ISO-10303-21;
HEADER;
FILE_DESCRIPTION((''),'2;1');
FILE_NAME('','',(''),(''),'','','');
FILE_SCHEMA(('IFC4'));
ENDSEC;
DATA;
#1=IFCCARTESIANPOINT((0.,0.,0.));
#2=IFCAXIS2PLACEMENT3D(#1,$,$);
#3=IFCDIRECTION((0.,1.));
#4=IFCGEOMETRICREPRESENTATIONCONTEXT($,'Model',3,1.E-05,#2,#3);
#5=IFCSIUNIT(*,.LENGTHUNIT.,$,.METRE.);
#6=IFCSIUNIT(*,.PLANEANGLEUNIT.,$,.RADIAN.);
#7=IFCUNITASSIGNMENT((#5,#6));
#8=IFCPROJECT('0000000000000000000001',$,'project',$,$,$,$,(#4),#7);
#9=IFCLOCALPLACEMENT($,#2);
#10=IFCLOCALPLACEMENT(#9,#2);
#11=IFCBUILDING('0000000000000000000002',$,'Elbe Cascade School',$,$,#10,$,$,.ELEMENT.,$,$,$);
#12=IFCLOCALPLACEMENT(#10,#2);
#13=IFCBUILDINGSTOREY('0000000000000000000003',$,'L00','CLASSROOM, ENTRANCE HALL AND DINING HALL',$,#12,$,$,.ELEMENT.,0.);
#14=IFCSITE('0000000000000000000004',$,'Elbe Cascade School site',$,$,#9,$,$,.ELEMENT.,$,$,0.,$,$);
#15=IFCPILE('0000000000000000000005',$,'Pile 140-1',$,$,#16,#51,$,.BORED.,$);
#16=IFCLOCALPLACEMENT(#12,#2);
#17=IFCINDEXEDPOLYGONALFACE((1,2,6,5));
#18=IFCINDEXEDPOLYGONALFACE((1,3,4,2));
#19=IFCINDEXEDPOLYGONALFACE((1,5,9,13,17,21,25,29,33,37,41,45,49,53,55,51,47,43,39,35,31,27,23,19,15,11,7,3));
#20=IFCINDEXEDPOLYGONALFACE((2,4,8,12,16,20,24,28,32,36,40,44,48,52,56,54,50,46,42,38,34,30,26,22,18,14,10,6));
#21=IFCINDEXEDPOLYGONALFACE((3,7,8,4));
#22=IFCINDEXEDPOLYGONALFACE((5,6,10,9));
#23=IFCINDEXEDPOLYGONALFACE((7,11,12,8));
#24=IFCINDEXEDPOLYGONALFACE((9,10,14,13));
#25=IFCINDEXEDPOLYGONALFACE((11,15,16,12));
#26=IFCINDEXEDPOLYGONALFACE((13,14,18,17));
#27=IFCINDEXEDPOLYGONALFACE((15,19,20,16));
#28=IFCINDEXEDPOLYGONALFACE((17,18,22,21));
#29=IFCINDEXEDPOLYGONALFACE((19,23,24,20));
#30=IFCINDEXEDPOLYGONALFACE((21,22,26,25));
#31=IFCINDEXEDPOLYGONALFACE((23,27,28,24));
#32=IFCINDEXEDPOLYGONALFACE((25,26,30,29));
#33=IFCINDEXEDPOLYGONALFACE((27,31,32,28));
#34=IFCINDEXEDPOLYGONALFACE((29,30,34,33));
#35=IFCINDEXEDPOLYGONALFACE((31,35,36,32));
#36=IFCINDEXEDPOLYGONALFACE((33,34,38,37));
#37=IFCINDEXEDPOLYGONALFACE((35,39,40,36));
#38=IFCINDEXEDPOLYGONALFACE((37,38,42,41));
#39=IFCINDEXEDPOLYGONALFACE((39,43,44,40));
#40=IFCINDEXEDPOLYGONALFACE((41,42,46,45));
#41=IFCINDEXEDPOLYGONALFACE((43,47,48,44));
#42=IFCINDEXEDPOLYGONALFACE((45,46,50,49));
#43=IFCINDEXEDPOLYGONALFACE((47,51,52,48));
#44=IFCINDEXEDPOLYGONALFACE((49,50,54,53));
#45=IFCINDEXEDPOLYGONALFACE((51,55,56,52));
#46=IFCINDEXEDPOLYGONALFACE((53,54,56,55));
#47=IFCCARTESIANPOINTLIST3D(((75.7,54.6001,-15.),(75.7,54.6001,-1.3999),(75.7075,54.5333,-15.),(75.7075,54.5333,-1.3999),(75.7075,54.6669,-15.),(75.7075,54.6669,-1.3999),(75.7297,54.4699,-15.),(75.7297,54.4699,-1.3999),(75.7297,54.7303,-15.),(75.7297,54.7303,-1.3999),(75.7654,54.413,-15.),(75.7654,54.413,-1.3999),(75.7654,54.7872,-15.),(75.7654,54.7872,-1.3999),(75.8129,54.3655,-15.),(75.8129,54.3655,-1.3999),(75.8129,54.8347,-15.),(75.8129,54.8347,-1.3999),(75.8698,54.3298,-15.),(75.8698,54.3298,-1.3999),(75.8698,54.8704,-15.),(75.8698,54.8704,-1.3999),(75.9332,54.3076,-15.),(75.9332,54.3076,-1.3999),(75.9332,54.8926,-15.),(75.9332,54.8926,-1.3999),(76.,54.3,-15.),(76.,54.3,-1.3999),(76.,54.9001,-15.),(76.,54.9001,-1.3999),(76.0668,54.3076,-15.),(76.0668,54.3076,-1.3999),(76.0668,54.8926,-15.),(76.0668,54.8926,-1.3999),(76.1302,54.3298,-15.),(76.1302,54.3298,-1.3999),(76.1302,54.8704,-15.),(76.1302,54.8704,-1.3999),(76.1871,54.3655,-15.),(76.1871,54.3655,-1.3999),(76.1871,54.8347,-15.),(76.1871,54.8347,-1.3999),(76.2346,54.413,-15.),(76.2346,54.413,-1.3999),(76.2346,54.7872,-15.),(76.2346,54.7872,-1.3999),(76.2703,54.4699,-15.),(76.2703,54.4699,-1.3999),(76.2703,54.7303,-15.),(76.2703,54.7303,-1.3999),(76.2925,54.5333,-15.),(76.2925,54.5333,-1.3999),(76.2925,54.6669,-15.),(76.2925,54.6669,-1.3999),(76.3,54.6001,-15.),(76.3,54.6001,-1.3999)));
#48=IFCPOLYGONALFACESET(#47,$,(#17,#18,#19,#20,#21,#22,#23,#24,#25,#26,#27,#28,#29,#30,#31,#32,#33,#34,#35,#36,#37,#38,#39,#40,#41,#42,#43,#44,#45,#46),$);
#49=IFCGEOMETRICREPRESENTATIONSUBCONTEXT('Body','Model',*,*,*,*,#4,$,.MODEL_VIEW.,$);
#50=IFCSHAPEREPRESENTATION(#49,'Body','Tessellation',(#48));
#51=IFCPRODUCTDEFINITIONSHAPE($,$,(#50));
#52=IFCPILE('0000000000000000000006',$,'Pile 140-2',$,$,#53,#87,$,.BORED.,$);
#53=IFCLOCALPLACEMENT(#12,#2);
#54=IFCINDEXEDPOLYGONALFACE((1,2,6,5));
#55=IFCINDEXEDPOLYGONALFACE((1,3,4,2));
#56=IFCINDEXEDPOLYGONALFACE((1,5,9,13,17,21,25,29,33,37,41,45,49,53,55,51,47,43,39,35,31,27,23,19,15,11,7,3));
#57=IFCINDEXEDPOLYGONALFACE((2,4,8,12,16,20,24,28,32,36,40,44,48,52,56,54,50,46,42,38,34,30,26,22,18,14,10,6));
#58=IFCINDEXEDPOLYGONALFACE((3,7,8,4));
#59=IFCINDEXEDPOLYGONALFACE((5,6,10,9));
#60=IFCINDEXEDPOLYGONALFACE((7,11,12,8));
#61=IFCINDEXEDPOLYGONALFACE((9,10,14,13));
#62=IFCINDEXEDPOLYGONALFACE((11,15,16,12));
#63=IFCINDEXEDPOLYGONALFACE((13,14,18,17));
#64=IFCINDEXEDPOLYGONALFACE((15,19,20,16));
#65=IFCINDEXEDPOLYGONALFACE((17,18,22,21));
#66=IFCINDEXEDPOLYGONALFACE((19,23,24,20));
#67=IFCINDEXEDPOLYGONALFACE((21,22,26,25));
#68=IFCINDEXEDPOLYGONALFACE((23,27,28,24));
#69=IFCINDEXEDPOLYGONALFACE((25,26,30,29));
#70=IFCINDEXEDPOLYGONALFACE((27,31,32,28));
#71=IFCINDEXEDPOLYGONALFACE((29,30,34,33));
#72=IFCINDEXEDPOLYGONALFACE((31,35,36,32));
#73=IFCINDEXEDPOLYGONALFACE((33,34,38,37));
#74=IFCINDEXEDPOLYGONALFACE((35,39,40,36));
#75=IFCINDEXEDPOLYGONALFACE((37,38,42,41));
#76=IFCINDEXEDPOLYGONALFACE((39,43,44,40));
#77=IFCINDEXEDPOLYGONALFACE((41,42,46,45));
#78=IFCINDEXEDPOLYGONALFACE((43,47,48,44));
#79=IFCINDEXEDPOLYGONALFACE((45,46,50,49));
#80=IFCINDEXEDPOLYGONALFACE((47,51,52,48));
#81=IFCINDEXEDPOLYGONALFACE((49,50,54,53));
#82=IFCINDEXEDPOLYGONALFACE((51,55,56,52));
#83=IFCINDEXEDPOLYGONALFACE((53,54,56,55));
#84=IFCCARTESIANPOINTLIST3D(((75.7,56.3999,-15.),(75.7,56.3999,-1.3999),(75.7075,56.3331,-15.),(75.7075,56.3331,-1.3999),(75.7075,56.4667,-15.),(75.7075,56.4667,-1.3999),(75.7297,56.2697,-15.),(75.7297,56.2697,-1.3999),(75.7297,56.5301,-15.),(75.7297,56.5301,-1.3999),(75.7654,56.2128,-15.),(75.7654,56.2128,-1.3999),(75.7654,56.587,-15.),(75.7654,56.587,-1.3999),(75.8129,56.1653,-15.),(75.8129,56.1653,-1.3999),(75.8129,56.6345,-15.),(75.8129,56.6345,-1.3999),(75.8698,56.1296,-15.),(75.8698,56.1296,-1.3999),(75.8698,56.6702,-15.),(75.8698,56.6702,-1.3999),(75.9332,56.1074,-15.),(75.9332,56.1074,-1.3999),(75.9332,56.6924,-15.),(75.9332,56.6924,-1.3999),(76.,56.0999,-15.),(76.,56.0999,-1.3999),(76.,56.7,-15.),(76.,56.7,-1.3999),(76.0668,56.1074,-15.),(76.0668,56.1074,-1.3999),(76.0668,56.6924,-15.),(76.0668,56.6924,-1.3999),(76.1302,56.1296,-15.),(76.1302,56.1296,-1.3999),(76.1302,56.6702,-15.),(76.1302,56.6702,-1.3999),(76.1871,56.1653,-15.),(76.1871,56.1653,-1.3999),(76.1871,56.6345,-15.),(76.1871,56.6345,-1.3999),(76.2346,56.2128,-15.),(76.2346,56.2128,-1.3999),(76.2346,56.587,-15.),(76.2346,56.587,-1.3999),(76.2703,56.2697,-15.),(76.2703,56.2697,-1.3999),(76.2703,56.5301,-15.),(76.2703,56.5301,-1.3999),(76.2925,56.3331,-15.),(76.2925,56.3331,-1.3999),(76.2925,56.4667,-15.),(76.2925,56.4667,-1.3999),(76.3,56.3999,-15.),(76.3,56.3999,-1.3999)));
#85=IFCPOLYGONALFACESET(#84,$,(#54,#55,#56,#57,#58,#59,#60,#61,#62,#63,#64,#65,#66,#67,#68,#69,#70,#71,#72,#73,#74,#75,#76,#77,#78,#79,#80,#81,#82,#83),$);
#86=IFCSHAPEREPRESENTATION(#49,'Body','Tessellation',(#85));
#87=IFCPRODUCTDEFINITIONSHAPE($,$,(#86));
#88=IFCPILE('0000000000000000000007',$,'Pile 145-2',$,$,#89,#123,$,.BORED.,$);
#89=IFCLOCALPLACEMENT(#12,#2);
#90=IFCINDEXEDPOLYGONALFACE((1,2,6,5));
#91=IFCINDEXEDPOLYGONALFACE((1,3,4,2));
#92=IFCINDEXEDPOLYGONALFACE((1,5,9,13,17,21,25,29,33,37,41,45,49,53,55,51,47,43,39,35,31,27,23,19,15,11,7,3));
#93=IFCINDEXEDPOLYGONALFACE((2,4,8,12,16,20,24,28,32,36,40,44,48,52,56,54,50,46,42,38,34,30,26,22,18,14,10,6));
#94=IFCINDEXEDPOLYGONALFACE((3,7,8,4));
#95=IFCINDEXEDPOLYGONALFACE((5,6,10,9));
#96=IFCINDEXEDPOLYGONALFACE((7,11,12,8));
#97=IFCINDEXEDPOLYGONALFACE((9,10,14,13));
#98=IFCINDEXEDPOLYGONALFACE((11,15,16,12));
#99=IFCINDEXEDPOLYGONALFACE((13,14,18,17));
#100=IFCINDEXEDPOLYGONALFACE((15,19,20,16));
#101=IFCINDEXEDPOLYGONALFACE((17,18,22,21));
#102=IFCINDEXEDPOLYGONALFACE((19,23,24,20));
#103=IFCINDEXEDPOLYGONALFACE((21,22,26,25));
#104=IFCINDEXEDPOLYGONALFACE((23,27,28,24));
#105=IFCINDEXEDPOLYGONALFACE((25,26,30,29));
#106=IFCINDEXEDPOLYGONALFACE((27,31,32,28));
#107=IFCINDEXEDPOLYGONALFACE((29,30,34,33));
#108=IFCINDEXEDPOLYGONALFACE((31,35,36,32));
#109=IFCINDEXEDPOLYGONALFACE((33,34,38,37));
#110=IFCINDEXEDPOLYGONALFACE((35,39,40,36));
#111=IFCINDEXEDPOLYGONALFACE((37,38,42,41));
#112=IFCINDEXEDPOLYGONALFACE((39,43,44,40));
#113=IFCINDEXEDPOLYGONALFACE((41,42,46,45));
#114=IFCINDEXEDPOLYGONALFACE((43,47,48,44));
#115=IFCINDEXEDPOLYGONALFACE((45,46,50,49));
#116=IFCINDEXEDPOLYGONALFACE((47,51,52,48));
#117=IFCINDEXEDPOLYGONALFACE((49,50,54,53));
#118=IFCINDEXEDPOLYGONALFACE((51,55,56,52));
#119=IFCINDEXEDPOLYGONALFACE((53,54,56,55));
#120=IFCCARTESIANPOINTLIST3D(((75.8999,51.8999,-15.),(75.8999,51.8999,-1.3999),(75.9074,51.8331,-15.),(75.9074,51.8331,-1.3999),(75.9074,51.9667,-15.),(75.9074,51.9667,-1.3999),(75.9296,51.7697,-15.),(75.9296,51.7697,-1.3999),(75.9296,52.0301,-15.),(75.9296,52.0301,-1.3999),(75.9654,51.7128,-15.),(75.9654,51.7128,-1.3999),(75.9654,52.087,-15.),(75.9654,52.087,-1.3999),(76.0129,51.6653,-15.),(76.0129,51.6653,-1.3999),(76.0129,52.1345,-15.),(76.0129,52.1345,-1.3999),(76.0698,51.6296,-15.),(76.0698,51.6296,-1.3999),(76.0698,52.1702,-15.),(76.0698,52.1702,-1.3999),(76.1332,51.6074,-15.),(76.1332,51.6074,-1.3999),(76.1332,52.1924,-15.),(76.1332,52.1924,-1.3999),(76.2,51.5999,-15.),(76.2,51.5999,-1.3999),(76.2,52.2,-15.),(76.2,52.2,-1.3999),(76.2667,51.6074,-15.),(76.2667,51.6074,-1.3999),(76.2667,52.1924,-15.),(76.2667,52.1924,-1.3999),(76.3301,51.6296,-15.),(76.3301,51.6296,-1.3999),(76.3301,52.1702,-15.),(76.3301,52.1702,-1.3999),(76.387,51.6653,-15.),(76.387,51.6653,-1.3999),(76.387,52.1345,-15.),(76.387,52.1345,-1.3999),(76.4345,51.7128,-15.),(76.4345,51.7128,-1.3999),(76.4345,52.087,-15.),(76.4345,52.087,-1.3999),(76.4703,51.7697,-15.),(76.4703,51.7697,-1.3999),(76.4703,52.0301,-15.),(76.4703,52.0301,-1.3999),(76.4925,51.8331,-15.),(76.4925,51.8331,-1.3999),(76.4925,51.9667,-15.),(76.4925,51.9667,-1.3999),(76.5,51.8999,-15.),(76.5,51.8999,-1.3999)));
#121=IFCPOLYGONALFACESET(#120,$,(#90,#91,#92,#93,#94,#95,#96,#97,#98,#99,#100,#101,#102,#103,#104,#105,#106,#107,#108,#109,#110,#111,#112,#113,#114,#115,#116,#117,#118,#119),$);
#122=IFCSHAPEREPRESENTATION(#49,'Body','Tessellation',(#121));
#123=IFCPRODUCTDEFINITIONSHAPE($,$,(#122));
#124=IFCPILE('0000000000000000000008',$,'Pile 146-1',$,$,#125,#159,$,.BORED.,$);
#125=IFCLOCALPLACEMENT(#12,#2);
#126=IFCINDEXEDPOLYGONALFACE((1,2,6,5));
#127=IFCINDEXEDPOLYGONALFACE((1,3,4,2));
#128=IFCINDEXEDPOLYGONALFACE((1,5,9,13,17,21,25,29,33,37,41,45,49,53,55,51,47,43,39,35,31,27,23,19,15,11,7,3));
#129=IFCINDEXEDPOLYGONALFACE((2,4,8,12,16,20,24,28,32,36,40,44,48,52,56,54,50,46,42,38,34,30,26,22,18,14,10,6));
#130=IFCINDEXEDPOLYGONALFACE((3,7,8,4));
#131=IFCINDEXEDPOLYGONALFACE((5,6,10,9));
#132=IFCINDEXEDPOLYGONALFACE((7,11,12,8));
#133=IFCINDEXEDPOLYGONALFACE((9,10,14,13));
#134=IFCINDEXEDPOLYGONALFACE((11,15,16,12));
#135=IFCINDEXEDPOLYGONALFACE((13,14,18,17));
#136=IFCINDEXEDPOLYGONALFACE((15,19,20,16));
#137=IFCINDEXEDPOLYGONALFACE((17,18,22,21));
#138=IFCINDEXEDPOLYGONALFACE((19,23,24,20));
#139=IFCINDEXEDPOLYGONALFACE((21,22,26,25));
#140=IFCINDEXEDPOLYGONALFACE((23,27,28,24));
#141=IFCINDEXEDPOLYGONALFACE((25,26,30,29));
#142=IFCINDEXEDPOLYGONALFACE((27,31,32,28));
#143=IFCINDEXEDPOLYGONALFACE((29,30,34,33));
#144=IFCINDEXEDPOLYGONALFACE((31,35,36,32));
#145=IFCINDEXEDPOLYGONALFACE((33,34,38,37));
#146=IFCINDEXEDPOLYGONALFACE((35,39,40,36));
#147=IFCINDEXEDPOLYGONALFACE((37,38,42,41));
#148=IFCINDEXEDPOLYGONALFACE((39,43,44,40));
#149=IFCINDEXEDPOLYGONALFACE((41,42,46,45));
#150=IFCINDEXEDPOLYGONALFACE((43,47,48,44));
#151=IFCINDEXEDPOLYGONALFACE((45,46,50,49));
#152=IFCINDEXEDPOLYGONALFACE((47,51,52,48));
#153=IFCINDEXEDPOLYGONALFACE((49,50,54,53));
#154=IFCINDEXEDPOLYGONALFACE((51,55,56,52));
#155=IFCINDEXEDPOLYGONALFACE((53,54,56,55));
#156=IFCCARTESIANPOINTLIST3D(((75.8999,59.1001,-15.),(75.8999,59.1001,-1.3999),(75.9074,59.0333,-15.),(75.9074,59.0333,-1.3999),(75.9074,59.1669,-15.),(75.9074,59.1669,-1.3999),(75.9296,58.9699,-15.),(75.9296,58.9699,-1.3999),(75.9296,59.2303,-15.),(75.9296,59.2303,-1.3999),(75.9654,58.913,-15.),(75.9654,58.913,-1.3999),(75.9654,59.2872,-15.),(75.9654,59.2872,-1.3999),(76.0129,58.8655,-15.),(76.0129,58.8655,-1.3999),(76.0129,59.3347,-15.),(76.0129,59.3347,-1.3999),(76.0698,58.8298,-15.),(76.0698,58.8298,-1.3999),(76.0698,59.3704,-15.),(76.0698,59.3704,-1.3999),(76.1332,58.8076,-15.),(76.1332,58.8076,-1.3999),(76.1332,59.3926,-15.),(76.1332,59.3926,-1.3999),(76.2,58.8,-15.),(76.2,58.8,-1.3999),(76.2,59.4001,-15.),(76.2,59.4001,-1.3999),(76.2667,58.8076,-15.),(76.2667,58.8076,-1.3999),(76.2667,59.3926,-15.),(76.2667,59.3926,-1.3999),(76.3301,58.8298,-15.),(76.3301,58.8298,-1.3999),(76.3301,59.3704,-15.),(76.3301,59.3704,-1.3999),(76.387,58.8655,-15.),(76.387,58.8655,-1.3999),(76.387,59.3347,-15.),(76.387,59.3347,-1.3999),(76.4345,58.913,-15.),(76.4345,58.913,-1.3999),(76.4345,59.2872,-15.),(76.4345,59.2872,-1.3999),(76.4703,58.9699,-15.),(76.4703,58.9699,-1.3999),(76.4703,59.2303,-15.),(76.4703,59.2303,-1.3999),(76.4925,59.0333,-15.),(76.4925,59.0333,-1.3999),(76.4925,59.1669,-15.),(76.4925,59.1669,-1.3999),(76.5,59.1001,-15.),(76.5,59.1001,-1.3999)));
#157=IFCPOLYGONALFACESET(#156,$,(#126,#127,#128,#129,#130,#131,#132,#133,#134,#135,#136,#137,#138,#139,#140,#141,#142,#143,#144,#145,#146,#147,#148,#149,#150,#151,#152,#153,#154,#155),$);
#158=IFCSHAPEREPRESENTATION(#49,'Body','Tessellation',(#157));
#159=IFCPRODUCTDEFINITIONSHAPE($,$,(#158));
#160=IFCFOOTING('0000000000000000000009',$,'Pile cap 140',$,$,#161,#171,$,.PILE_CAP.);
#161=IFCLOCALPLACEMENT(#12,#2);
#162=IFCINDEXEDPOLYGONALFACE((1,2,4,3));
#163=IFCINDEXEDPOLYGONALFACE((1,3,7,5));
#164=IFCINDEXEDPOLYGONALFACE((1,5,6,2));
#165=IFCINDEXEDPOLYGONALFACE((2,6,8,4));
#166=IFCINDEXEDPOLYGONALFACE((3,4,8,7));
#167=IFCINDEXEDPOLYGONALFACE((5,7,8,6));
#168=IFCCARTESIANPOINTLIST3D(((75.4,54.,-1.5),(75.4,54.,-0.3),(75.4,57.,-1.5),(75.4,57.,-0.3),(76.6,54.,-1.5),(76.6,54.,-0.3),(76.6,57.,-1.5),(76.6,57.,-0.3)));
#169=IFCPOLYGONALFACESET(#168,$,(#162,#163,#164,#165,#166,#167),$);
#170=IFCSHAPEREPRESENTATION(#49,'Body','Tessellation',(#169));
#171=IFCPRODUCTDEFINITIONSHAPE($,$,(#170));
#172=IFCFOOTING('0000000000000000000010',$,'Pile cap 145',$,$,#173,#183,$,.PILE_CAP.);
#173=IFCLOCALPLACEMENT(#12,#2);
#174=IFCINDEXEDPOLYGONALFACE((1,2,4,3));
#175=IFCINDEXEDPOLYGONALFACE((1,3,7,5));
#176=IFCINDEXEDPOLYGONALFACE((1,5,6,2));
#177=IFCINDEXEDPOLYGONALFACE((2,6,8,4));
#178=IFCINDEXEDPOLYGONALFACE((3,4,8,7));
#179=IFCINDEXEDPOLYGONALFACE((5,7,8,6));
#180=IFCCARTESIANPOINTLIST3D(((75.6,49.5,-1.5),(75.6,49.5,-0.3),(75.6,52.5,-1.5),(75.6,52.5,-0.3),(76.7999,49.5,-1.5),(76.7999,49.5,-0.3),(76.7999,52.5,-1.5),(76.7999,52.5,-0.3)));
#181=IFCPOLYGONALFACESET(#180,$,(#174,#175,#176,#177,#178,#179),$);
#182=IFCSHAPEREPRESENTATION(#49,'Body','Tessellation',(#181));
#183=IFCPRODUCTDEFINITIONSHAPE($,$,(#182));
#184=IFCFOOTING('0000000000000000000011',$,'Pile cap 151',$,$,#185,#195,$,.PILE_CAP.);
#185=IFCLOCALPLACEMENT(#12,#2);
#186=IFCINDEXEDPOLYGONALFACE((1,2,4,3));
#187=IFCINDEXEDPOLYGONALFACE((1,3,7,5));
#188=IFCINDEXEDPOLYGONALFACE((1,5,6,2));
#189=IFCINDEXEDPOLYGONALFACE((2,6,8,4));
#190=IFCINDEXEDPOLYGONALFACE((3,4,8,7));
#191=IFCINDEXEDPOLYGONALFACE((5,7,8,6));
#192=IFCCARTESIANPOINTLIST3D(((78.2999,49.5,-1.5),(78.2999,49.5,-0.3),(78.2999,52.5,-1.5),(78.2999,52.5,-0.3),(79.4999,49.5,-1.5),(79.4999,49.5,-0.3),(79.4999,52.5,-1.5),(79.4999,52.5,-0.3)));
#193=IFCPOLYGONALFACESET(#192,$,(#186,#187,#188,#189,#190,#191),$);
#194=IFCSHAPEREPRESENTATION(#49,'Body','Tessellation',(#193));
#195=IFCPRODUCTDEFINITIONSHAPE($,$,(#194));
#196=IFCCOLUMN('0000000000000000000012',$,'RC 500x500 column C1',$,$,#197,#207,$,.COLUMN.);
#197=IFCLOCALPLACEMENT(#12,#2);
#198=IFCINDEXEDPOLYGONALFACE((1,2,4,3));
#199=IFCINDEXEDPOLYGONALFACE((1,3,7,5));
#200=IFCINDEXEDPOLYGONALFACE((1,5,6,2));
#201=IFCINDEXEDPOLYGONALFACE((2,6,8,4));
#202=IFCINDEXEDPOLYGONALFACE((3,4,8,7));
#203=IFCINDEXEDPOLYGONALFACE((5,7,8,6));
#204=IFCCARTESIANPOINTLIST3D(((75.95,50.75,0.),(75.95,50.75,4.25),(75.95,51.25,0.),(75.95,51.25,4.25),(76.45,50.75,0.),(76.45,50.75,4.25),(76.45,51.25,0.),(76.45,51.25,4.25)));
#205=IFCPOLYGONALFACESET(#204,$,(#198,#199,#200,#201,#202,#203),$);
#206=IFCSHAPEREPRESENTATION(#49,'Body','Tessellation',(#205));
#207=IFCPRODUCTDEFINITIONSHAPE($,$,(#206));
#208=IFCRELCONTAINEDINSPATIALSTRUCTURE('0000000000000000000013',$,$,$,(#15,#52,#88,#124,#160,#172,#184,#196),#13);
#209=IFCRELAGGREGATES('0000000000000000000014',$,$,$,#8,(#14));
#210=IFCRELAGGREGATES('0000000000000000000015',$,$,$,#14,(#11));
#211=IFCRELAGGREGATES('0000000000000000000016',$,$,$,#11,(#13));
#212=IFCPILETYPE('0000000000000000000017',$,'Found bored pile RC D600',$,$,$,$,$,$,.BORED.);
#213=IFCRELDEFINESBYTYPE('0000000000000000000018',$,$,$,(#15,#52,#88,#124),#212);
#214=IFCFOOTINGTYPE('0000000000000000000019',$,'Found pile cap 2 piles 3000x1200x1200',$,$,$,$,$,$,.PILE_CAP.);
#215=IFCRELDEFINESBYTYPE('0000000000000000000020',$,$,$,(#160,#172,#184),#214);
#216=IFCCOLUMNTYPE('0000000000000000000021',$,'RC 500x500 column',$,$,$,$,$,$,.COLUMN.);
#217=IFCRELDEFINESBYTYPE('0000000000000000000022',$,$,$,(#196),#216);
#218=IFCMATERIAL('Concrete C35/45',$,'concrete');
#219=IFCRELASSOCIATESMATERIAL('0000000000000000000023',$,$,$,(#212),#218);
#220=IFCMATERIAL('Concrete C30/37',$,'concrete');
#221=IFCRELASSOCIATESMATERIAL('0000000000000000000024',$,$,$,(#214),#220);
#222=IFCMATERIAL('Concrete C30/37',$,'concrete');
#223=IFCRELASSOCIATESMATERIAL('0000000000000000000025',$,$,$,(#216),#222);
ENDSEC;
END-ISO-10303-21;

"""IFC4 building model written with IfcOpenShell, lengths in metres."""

from ifc_helpers import new_model, si_unit, direction, frame, origin, origin_2d, place, context, subcontext, project, spatial, rectangle, circle, extrude, material, material_profile, profile_set, type_object, element, save


model = new_model("IFC4")

# Units and contexts
model_context = context("Model", 3, precision=1e-05, world=origin(), true_north=direction((0.0, 1.0)))
body_context = subcontext(model_context, "Body", "Model", "MODEL_VIEW")
ifc_project = project(units=[si_unit("LENGTHUNIT", "METRE"), si_unit("PLANEANGLEUNIT", "RADIAN")], contexts=[model_context])

# Site, building, storey
site_placement = place(None, origin())
site = spatial("IfcSite", under=ifc_project, at=site_placement, Name="Elbe Cascade School site", CompositionType="ELEMENT", RefElevation=0.0)
building_placement = place(site_placement, origin())
building = spatial("IfcBuilding", under=site, at=building_placement, Name="Elbe Cascade School", CompositionType="ELEMENT")
storey_placement = place(building_placement, origin())
storey = spatial("IfcBuildingStorey", under=building, at=storey_placement, Name="L00", Description="CLASSROOM, ENTRANCE HALL AND DINING HALL", CompositionType="ELEMENT", Elevation=0.0)

# Piles
ifc_material_1 = material(Name="Concrete C35/45", Category="concrete")
ifc_material_profile_1 = material_profile(ifc_material_1, circle(Radius=0.3, at=origin_2d()), Name="RC D600")
ifc_profile_set_1 = profile_set([ifc_material_profile_1], Name="Concrete C35/45")
pile_type = type_object("IfcPileType", Name="Found bored pile RC D600", PredefinedType="BORED", material=ifc_profile_set_1)
for number, where, z_axis, x_axis, name in (
    (1, (76.0, 54.6001, -1.3999), (0.0, 0.0, -1.0), (1.0, 0.0, 0.0), "Pile 140-1"),
    (2, (76.0, 56.3999, -1.3999), (0.0, 0.0, -1.0), (1.0, 0.0, 0.0), "Pile 140-2"),
    (3, (76.2, 51.8999, -1.3999), (0.0, 0.0, -1.0), (1.0, 0.0, 0.0), "Pile 145-2"),
    (4, (76.2, 59.1001, -1.3999), (0.0, 0.0, -1.0), (1.0, 0.0, 0.0), "Pile 146-1"),
):
    element("IfcPile", number, at=place(storey_placement, frame(where, z_axis=z_axis, x_axis=x_axis)), inside=storey, type_object=pile_type, Name=name, PredefinedType="BORED", context=body_context, shape_type="SweptSolid", body=[
        extrude(circle(Radius=0.3, at=origin_2d()), origin(), (0.0, 0.0, 1.0), 13.6001),
    ])

# Footings
ifc_material_2 = material(Name="Concrete C30/37", Category="concrete")
footing_type = type_object("IfcFootingType", Name="Found pile cap 2 piles 3000x1200x1200", PredefinedType="PILE_CAP", material=ifc_material_2)
for number, where, z_axis, x_axis, name in (
    (5, (76.0, 55.5, -1.5), (0.0, 0.0, 1.0), (1.0, 0.0, 0.0), "Pile cap 140"),
    (6, (76.2, 51.0, -1.5), (0.0, 0.0, 1.0), (1.0, 0.0, 0.0), "Pile cap 145"),
    (7, (78.8999, 51.0, -1.5), (0.0, 0.0, 1.0), (1.0, 0.0, 0.0), "Pile cap 151"),
):
    element("IfcFooting", number, at=place(storey_placement, frame(where, z_axis=z_axis, x_axis=x_axis)), inside=storey, type_object=footing_type, Name=name, PredefinedType="PILE_CAP", context=body_context, shape_type="SweptSolid", body=[
        extrude(rectangle(XDim=1.2, YDim=3.0, at=origin_2d()), origin(), (0.0, 0.0, 1.0), 1.2),
    ])

# Column
ifc_material_3 = material(Name="Concrete C30/37", Category="concrete")
ifc_material_profile_2 = material_profile(ifc_material_3, rectangle(XDim=0.5, YDim=0.5, at=origin_2d()), Name="RC 500x500")
ifc_profile_set_2 = profile_set([ifc_material_profile_2], Name="Concrete C30/37")
column_type = type_object("IfcColumnType", Name="RC 500x500 column", PredefinedType="COLUMN", material=ifc_profile_set_2)
for number, where, z_axis, x_axis, name in (
    (8, (76.2, 51.0, 0.0), (0.0, 0.0, 1.0), (1.0, 0.0, 0.0), "RC 500x500 column C1"),
):
    element("IfcColumn", number, at=place(storey_placement, frame(where, z_axis=z_axis, x_axis=x_axis)), inside=storey, type_object=column_type, Name=name, PredefinedType="COLUMN", context=body_context, shape_type="SweptSolid", body=[
        extrude(rectangle(XDim=0.5, YDim=0.5, at=origin_2d()), origin(), (0.0, 0.0, 1.0), 4.25),
    ])

save(model, "model.ifc")
